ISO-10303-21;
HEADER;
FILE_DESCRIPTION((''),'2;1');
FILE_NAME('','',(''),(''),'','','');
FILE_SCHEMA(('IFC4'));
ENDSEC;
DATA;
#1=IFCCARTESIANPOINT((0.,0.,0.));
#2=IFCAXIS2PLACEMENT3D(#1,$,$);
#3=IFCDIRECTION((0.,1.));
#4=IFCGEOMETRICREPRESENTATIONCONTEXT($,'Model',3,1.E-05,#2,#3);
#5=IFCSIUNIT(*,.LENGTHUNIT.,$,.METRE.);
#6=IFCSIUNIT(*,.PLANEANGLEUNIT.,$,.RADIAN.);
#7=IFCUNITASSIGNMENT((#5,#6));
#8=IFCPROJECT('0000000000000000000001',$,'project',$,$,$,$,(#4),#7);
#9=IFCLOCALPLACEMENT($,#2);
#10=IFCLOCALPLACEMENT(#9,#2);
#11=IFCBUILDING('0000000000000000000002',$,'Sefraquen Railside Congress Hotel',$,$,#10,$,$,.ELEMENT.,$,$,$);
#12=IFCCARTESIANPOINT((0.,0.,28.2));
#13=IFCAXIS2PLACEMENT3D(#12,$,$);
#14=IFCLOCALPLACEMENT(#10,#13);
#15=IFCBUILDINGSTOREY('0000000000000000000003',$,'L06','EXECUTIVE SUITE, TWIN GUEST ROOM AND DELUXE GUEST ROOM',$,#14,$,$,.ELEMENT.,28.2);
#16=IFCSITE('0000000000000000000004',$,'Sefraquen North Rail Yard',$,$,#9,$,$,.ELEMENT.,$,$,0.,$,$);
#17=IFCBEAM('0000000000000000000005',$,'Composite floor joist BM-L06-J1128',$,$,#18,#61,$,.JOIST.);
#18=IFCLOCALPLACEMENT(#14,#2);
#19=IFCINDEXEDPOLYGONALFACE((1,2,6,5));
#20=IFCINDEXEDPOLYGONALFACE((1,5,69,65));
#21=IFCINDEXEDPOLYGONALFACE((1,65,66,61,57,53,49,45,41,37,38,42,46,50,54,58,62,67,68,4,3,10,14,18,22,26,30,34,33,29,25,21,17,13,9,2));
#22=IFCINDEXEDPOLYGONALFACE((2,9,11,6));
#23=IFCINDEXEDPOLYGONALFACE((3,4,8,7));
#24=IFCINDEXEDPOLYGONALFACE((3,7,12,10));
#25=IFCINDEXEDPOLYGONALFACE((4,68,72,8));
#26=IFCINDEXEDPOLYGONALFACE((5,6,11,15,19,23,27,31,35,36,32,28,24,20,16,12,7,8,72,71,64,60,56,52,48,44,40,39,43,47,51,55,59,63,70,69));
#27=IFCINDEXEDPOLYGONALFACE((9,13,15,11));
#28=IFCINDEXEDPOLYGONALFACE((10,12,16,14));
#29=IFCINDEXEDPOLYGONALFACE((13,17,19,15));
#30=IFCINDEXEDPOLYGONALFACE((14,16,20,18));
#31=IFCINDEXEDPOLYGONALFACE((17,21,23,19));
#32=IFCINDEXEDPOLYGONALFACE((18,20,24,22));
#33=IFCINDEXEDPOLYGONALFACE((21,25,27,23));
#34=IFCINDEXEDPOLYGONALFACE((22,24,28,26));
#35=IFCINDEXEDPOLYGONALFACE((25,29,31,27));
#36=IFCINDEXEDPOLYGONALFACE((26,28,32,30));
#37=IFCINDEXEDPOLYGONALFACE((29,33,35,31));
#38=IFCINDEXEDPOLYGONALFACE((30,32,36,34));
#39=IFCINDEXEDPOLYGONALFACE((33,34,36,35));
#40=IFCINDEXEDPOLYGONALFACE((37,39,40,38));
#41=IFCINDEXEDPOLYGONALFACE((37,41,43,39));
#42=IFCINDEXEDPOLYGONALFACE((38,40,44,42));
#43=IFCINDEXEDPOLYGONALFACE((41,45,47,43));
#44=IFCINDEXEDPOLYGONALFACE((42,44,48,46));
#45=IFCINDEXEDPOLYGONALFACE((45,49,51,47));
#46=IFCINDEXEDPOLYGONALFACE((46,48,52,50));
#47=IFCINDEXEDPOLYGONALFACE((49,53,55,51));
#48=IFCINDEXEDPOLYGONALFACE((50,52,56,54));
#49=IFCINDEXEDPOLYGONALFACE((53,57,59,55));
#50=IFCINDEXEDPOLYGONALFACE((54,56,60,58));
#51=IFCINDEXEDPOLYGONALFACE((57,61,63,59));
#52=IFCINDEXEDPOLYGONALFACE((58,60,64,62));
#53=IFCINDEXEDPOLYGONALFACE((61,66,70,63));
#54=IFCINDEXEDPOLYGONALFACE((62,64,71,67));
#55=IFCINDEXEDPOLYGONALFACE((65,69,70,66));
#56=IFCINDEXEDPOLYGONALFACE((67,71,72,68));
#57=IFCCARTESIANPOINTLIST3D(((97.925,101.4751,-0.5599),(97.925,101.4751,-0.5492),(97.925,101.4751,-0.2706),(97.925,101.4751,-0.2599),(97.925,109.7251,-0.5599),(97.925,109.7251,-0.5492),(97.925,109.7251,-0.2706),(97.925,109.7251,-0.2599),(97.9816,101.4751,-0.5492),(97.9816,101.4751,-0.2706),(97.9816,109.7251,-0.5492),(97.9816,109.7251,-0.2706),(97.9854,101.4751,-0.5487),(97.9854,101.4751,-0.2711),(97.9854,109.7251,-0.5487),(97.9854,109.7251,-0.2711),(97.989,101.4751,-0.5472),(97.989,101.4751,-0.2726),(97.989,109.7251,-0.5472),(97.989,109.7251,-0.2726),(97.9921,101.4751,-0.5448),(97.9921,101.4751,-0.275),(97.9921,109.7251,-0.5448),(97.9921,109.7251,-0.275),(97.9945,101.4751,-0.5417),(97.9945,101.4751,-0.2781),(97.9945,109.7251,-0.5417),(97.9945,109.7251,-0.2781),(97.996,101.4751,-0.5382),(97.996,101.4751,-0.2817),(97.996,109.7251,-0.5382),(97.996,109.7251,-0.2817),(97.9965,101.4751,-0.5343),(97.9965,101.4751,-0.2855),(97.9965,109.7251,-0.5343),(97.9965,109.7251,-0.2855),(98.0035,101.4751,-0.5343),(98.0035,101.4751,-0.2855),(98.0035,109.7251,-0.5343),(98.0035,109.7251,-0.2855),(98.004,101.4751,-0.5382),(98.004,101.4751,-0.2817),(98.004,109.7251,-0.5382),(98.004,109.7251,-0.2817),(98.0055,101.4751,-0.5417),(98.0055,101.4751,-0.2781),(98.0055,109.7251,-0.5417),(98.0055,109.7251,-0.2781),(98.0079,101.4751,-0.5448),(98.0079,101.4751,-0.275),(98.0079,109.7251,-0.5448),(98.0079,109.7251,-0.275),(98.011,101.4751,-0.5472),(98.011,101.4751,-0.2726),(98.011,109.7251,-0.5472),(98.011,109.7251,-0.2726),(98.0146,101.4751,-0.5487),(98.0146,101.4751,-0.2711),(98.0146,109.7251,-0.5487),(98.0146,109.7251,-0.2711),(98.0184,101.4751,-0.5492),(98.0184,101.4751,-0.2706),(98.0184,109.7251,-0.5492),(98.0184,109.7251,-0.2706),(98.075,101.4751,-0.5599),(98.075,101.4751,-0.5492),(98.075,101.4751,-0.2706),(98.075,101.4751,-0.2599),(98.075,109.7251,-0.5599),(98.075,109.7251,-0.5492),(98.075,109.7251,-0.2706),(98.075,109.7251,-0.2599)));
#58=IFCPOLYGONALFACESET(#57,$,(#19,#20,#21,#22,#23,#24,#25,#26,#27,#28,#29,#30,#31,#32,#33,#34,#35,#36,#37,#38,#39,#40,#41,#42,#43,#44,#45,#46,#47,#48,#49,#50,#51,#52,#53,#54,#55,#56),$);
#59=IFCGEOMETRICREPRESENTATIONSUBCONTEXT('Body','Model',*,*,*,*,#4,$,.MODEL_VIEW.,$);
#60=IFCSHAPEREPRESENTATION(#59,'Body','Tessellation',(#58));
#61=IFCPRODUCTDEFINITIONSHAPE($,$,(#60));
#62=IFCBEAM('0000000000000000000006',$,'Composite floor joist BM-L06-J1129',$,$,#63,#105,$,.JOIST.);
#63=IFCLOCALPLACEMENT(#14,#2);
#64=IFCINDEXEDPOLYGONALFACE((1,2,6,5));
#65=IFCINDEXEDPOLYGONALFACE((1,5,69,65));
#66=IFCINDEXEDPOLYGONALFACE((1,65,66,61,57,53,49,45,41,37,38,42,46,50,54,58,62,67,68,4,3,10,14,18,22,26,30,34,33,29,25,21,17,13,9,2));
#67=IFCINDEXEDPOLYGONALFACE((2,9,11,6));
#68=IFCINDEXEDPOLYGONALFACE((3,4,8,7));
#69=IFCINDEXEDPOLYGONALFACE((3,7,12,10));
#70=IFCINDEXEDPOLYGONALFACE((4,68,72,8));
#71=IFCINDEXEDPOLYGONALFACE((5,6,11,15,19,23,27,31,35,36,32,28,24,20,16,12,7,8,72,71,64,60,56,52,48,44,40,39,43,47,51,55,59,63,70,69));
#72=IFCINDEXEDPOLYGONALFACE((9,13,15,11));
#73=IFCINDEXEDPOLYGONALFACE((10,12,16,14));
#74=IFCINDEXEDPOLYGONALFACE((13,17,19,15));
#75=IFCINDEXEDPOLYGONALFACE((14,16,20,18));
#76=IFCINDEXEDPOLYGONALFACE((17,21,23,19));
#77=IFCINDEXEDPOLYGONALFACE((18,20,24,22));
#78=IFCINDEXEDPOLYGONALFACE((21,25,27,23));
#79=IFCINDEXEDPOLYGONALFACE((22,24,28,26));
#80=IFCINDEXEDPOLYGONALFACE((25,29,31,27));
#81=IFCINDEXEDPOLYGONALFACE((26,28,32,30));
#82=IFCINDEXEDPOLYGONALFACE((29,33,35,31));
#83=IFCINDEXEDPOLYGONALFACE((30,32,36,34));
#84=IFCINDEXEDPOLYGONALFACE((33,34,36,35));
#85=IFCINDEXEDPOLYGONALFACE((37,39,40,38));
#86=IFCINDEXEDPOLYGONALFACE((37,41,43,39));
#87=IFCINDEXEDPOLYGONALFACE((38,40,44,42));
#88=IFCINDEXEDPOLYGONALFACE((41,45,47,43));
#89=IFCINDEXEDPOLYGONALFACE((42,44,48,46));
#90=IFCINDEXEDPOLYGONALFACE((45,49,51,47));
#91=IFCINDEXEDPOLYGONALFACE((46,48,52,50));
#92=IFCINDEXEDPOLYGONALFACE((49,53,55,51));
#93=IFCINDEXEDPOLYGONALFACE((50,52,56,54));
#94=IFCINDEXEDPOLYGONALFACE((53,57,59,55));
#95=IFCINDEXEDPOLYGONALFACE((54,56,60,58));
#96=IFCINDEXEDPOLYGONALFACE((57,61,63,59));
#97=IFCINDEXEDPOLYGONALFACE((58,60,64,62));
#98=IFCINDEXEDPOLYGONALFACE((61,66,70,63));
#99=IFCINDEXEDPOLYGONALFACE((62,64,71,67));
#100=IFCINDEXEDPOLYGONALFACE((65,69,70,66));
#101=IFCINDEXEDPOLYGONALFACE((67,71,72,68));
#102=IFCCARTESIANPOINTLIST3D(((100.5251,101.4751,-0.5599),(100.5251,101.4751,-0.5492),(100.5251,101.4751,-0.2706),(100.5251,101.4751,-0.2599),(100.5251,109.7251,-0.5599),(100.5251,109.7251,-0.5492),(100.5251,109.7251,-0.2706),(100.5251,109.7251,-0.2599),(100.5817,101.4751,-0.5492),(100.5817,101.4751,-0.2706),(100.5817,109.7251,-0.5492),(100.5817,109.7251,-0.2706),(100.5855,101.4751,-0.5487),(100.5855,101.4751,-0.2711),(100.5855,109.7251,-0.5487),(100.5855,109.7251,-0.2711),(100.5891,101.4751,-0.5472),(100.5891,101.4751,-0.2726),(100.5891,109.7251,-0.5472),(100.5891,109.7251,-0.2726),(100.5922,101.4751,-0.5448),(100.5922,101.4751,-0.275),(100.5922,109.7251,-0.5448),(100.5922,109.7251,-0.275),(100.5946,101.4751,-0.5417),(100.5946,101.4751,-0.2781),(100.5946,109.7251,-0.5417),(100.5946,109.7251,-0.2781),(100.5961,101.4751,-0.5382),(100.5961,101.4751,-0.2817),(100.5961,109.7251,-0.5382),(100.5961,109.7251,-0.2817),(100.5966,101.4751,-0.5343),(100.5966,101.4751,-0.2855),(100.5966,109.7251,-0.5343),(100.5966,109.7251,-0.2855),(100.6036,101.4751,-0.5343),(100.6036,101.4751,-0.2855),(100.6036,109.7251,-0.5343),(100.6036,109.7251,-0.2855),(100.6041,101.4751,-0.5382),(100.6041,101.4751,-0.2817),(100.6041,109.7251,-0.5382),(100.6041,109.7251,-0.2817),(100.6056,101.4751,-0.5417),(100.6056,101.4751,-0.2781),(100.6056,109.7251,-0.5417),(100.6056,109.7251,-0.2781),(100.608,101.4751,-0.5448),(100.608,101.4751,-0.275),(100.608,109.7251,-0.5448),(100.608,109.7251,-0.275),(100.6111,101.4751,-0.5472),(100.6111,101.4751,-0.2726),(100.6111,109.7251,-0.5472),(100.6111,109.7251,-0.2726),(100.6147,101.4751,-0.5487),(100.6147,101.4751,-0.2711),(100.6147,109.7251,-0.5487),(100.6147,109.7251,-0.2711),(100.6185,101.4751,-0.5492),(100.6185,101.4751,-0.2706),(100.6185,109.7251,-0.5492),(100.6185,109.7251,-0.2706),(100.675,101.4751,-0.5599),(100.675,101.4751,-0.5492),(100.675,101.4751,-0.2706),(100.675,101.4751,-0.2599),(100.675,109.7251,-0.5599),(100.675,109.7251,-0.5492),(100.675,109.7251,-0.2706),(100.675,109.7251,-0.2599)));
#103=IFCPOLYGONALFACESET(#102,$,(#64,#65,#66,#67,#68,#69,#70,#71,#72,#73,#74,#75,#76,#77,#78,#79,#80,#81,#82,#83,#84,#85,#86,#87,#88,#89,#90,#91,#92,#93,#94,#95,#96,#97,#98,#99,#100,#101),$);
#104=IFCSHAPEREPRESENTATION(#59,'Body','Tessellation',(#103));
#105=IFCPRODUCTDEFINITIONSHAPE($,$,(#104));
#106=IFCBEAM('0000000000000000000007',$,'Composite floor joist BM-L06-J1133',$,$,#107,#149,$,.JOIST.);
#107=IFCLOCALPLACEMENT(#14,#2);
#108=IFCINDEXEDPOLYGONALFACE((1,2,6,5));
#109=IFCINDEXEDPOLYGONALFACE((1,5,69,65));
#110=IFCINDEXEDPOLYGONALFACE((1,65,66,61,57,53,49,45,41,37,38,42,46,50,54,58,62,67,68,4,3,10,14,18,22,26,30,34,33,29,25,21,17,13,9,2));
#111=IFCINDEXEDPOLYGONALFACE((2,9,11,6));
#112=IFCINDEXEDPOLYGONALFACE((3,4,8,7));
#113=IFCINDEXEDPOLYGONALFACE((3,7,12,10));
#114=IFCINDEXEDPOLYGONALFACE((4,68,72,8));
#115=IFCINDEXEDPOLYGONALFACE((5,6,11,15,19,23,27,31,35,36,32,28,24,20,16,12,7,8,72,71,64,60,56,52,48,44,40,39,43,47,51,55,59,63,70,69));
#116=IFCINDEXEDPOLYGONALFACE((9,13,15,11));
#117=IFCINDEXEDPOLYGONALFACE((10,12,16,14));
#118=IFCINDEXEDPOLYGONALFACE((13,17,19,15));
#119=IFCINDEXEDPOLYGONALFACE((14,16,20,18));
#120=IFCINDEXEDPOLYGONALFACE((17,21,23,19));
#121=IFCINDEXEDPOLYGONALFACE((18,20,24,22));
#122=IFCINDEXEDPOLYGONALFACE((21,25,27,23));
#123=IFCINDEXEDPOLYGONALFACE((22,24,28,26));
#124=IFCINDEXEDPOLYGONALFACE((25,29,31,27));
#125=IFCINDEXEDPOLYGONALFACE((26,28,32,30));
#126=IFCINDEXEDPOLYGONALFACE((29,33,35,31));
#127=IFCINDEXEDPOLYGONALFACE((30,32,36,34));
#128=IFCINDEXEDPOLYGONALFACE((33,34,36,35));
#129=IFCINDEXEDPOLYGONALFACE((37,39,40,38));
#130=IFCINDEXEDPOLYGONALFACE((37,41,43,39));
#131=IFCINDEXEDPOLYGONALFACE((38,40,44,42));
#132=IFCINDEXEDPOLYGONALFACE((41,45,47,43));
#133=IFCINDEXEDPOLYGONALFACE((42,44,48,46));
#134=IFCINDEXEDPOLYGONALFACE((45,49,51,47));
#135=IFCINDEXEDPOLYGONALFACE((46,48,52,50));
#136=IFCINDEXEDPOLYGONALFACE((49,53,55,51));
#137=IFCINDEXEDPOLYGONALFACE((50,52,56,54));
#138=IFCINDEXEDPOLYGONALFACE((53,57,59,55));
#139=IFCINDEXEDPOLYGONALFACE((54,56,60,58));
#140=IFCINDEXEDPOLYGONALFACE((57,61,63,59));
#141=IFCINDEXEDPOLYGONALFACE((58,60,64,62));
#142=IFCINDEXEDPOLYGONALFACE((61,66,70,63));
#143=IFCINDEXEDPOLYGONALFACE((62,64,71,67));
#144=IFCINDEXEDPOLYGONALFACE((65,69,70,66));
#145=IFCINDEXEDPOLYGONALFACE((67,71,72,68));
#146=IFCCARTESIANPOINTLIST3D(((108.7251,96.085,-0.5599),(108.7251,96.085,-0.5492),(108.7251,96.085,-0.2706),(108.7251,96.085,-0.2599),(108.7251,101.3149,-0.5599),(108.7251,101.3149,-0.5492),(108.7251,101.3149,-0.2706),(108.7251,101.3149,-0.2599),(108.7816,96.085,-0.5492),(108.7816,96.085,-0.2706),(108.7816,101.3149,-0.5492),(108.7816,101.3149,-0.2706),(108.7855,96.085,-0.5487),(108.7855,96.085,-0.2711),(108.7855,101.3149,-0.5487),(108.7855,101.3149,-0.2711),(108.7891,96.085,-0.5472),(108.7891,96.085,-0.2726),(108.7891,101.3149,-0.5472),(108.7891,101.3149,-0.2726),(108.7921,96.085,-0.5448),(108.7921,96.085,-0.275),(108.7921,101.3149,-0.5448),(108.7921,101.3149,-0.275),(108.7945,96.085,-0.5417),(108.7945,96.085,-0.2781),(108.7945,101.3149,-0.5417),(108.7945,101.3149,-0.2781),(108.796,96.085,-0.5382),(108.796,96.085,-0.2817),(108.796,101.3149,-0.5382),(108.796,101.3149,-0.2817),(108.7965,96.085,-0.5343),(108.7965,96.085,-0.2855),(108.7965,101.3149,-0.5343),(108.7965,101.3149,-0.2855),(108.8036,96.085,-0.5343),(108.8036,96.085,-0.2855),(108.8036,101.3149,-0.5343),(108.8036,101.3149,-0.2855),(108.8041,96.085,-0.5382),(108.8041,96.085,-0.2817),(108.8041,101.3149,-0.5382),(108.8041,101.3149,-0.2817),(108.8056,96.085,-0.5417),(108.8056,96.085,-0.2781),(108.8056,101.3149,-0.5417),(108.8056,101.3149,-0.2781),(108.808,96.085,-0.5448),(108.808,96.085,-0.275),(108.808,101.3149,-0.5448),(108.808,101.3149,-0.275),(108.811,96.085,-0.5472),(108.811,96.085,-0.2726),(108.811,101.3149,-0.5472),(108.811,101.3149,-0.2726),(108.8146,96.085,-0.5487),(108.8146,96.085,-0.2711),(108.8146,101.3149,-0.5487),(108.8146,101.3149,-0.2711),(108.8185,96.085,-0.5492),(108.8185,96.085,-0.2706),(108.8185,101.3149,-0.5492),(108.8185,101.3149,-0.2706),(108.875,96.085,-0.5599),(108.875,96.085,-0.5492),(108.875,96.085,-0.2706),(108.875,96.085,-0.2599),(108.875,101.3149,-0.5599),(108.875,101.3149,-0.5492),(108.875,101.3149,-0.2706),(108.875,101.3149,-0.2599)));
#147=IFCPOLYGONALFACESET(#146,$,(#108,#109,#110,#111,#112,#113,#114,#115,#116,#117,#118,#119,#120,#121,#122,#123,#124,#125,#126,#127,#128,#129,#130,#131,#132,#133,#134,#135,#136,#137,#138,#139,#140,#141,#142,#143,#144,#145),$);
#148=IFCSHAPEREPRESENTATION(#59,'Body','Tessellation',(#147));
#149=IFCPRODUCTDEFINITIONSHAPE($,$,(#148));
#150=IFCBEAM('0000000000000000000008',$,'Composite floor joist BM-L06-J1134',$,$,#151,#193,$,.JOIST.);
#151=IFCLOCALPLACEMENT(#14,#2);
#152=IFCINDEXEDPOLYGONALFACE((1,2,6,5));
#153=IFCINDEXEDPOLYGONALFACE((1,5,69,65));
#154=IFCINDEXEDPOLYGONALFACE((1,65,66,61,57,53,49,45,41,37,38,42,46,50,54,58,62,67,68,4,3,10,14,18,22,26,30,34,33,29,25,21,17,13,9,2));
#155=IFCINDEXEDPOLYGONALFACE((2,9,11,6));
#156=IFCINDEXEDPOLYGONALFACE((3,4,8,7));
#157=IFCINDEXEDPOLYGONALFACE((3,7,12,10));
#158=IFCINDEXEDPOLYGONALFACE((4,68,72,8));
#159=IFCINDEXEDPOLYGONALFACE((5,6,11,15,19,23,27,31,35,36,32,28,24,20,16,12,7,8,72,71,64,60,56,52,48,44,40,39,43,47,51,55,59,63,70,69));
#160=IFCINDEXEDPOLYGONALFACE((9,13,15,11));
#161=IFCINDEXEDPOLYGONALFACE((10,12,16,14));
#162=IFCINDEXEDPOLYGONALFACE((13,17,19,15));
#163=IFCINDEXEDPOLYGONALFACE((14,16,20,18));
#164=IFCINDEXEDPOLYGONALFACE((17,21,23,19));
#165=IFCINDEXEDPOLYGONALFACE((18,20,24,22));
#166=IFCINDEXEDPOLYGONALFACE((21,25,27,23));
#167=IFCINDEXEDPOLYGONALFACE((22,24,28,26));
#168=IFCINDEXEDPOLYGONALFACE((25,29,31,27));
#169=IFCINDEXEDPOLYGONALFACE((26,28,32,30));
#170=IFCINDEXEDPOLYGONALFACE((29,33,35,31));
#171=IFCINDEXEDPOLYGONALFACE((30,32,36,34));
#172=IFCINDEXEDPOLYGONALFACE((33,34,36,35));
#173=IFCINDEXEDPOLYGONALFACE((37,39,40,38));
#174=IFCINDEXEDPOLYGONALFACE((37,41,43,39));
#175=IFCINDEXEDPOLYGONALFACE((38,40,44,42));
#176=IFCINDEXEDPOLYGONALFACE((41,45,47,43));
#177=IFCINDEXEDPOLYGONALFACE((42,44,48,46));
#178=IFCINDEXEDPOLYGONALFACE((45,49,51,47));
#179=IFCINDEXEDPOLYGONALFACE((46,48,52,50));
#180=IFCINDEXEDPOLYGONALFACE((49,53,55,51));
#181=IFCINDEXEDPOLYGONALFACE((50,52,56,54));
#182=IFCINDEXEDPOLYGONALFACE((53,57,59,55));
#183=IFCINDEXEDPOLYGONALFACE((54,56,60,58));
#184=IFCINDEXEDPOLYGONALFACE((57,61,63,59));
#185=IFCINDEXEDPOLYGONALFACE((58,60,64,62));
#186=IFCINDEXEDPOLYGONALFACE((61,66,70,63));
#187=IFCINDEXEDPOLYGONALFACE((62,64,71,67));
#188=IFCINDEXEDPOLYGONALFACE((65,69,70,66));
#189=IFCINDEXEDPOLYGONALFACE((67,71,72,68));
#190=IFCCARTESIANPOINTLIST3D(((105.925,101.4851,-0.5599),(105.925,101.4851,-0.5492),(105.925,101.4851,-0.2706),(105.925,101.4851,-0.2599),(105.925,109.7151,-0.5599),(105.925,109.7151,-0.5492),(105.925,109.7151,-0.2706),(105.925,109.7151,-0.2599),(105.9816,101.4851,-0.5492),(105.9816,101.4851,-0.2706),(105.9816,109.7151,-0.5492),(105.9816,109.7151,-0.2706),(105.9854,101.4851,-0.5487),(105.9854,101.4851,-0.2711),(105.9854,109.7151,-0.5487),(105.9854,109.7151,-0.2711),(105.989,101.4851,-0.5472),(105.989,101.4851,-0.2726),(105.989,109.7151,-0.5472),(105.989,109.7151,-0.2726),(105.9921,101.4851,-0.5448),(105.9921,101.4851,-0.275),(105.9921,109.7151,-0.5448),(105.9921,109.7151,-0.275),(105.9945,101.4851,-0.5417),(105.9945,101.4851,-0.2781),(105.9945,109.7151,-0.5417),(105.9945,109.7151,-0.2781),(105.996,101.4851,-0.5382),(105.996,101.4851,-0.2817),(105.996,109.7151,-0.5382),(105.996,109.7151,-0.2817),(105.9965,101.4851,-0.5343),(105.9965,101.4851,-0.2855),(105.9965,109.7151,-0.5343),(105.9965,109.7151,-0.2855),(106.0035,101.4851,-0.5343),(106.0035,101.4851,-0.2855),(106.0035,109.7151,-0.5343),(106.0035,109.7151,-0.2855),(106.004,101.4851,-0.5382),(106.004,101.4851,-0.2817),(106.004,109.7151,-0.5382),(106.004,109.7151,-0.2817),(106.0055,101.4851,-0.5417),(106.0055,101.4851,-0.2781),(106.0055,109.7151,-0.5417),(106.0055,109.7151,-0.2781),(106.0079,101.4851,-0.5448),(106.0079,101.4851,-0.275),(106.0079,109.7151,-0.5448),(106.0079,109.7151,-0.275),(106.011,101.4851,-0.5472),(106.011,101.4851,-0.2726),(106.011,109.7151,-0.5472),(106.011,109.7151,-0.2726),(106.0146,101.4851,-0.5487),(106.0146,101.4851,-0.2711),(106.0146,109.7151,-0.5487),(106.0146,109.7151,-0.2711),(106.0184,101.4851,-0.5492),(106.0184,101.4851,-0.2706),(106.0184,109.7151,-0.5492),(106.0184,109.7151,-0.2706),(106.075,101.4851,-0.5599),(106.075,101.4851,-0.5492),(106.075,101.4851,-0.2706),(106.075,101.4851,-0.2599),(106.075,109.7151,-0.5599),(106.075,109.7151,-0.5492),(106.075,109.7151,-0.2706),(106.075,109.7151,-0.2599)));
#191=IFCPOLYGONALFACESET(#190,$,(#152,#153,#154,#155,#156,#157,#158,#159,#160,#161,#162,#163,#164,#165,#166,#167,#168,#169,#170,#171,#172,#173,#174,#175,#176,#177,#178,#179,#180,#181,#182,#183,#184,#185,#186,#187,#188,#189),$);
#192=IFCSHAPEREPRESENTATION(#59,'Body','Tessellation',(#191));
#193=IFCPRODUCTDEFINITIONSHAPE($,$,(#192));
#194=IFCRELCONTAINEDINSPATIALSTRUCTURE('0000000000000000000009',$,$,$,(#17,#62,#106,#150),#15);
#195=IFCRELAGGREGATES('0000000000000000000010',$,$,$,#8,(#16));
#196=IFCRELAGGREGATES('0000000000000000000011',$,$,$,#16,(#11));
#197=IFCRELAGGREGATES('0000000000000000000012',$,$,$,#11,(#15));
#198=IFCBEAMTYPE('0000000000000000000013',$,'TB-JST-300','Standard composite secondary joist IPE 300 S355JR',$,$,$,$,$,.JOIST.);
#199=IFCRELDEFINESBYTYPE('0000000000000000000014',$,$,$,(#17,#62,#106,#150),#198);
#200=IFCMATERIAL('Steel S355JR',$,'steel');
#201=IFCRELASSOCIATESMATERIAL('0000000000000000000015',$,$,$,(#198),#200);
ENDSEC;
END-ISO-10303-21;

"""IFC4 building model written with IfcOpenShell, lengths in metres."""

from ifc_helpers import new_model, si_unit, direction, frame, origin, origin_2d, place, context, subcontext, project, spatial, i_section, extrude, material, material_profile, profile_set, type_object, element, save


model = new_model("IFC4")

# Units and contexts
model_context = context("Model", 3, precision=1e-05, world=origin(), true_north=direction((0.0, 1.0)))
body_context = subcontext(model_context, "Body", "Model", "MODEL_VIEW")
ifc_project = project(units=[si_unit("LENGTHUNIT", "METRE"), si_unit("PLANEANGLEUNIT", "RADIAN")], contexts=[model_context])

# Site, building, storey
site_placement = place(None, origin())
site = spatial("IfcSite", under=ifc_project, at=site_placement, Name="Sefraquen North Rail Yard", CompositionType="ELEMENT", RefElevation=0.0)
building_placement = place(site_placement, origin())
building = spatial("IfcBuilding", under=site, at=building_placement, Name="Sefraquen Railside Congress Hotel", CompositionType="ELEMENT")
storey_placement = place(building_placement, frame((0.0, 0.0, 28.2)))
storey = spatial("IfcBuildingStorey", under=building, at=storey_placement, Name="L06", Description="EXECUTIVE SUITE, TWIN GUEST ROOM AND DELUXE GUEST ROOM", CompositionType="ELEMENT", Elevation=28.2)

# Shared definitions
ifc_material_1 = material(Name="Steel S355JR", Category="steel")

# Beams
ifc_material_profile_1 = material_profile(ifc_material_1, i_section(OverallWidth=0.1499, OverallDepth=0.3, WebThickness=0.0071, FlangeThickness=0.0107, FilletRadius=0.0149, at=origin_2d()), Name="IPE 300")
ifc_profile_set_1 = profile_set([ifc_material_profile_1], Name="Steel S355JR")
beam_type_1 = type_object("IfcBeamType", Name="TB-JST-300", Description="Standard composite secondary joist IPE 300 S355JR", PredefinedType="JOIST", material=ifc_profile_set_1)
for number, where, z_axis, x_axis, name in (
    (1, (98.0, 101.4751, -0.4099), (0.0, 1.0, 0.0), (-1.0, 0.0, 0.0), "Composite floor joist BM-L06-J1128"),
    (2, (100.6001, 101.4751, -0.4099), (0.0, 1.0, 0.0), (-1.0, 0.0, 0.0), "Composite floor joist BM-L06-J1129"),
):
    element("IfcBeam", number, at=place(storey_placement, frame(where, z_axis=z_axis, x_axis=x_axis)), inside=storey, type_object=beam_type_1, Name=name, PredefinedType="JOIST", context=body_context, shape_type="SweptSolid", body=[
        extrude(i_section(OverallWidth=0.1499, OverallDepth=0.3, WebThickness=0.0071, FlangeThickness=0.0107, FilletRadius=0.0149, at=origin_2d()), origin(), (0.0, 0.0, 1.0), 8.25),
    ])
beam_1_placement = place(storey_placement, frame((108.8, 96.085, -0.4099), z_axis=(0.0, 1.0, 0.0), x_axis=(-1.0, 0.0, 0.0)))
element("IfcBeam", 3, at=beam_1_placement, inside=storey, type_object=beam_type_1, Name="Composite floor joist BM-L06-J1133", PredefinedType="JOIST", context=body_context, shape_type="SweptSolid", body=[
    extrude(i_section(OverallWidth=0.1499, OverallDepth=0.3, WebThickness=0.0071, FlangeThickness=0.0107, FilletRadius=0.0149, at=origin_2d()), origin(), (0.0, 0.0, 1.0), 5.23),
])
for number, where, z_axis, x_axis, name in (
    (4, (106.0, 101.4851, -0.4099), (0.0, 1.0, 0.0), (-1.0, 0.0, 0.0), "Composite floor joist BM-L06-J1134"),
):
    element("IfcBeam", number, at=place(storey_placement, frame(where, z_axis=z_axis, x_axis=x_axis)), inside=storey, type_object=beam_type_1, Name=name, PredefinedType="JOIST", context=body_context, shape_type="SweptSolid", body=[
        extrude(i_section(OverallWidth=0.1499, OverallDepth=0.3, WebThickness=0.0071, FlangeThickness=0.0107, FilletRadius=0.0149, at=origin_2d()), origin(), (0.0, 0.0, 1.0), 8.23),
    ])

save(model, "model.ifc")
